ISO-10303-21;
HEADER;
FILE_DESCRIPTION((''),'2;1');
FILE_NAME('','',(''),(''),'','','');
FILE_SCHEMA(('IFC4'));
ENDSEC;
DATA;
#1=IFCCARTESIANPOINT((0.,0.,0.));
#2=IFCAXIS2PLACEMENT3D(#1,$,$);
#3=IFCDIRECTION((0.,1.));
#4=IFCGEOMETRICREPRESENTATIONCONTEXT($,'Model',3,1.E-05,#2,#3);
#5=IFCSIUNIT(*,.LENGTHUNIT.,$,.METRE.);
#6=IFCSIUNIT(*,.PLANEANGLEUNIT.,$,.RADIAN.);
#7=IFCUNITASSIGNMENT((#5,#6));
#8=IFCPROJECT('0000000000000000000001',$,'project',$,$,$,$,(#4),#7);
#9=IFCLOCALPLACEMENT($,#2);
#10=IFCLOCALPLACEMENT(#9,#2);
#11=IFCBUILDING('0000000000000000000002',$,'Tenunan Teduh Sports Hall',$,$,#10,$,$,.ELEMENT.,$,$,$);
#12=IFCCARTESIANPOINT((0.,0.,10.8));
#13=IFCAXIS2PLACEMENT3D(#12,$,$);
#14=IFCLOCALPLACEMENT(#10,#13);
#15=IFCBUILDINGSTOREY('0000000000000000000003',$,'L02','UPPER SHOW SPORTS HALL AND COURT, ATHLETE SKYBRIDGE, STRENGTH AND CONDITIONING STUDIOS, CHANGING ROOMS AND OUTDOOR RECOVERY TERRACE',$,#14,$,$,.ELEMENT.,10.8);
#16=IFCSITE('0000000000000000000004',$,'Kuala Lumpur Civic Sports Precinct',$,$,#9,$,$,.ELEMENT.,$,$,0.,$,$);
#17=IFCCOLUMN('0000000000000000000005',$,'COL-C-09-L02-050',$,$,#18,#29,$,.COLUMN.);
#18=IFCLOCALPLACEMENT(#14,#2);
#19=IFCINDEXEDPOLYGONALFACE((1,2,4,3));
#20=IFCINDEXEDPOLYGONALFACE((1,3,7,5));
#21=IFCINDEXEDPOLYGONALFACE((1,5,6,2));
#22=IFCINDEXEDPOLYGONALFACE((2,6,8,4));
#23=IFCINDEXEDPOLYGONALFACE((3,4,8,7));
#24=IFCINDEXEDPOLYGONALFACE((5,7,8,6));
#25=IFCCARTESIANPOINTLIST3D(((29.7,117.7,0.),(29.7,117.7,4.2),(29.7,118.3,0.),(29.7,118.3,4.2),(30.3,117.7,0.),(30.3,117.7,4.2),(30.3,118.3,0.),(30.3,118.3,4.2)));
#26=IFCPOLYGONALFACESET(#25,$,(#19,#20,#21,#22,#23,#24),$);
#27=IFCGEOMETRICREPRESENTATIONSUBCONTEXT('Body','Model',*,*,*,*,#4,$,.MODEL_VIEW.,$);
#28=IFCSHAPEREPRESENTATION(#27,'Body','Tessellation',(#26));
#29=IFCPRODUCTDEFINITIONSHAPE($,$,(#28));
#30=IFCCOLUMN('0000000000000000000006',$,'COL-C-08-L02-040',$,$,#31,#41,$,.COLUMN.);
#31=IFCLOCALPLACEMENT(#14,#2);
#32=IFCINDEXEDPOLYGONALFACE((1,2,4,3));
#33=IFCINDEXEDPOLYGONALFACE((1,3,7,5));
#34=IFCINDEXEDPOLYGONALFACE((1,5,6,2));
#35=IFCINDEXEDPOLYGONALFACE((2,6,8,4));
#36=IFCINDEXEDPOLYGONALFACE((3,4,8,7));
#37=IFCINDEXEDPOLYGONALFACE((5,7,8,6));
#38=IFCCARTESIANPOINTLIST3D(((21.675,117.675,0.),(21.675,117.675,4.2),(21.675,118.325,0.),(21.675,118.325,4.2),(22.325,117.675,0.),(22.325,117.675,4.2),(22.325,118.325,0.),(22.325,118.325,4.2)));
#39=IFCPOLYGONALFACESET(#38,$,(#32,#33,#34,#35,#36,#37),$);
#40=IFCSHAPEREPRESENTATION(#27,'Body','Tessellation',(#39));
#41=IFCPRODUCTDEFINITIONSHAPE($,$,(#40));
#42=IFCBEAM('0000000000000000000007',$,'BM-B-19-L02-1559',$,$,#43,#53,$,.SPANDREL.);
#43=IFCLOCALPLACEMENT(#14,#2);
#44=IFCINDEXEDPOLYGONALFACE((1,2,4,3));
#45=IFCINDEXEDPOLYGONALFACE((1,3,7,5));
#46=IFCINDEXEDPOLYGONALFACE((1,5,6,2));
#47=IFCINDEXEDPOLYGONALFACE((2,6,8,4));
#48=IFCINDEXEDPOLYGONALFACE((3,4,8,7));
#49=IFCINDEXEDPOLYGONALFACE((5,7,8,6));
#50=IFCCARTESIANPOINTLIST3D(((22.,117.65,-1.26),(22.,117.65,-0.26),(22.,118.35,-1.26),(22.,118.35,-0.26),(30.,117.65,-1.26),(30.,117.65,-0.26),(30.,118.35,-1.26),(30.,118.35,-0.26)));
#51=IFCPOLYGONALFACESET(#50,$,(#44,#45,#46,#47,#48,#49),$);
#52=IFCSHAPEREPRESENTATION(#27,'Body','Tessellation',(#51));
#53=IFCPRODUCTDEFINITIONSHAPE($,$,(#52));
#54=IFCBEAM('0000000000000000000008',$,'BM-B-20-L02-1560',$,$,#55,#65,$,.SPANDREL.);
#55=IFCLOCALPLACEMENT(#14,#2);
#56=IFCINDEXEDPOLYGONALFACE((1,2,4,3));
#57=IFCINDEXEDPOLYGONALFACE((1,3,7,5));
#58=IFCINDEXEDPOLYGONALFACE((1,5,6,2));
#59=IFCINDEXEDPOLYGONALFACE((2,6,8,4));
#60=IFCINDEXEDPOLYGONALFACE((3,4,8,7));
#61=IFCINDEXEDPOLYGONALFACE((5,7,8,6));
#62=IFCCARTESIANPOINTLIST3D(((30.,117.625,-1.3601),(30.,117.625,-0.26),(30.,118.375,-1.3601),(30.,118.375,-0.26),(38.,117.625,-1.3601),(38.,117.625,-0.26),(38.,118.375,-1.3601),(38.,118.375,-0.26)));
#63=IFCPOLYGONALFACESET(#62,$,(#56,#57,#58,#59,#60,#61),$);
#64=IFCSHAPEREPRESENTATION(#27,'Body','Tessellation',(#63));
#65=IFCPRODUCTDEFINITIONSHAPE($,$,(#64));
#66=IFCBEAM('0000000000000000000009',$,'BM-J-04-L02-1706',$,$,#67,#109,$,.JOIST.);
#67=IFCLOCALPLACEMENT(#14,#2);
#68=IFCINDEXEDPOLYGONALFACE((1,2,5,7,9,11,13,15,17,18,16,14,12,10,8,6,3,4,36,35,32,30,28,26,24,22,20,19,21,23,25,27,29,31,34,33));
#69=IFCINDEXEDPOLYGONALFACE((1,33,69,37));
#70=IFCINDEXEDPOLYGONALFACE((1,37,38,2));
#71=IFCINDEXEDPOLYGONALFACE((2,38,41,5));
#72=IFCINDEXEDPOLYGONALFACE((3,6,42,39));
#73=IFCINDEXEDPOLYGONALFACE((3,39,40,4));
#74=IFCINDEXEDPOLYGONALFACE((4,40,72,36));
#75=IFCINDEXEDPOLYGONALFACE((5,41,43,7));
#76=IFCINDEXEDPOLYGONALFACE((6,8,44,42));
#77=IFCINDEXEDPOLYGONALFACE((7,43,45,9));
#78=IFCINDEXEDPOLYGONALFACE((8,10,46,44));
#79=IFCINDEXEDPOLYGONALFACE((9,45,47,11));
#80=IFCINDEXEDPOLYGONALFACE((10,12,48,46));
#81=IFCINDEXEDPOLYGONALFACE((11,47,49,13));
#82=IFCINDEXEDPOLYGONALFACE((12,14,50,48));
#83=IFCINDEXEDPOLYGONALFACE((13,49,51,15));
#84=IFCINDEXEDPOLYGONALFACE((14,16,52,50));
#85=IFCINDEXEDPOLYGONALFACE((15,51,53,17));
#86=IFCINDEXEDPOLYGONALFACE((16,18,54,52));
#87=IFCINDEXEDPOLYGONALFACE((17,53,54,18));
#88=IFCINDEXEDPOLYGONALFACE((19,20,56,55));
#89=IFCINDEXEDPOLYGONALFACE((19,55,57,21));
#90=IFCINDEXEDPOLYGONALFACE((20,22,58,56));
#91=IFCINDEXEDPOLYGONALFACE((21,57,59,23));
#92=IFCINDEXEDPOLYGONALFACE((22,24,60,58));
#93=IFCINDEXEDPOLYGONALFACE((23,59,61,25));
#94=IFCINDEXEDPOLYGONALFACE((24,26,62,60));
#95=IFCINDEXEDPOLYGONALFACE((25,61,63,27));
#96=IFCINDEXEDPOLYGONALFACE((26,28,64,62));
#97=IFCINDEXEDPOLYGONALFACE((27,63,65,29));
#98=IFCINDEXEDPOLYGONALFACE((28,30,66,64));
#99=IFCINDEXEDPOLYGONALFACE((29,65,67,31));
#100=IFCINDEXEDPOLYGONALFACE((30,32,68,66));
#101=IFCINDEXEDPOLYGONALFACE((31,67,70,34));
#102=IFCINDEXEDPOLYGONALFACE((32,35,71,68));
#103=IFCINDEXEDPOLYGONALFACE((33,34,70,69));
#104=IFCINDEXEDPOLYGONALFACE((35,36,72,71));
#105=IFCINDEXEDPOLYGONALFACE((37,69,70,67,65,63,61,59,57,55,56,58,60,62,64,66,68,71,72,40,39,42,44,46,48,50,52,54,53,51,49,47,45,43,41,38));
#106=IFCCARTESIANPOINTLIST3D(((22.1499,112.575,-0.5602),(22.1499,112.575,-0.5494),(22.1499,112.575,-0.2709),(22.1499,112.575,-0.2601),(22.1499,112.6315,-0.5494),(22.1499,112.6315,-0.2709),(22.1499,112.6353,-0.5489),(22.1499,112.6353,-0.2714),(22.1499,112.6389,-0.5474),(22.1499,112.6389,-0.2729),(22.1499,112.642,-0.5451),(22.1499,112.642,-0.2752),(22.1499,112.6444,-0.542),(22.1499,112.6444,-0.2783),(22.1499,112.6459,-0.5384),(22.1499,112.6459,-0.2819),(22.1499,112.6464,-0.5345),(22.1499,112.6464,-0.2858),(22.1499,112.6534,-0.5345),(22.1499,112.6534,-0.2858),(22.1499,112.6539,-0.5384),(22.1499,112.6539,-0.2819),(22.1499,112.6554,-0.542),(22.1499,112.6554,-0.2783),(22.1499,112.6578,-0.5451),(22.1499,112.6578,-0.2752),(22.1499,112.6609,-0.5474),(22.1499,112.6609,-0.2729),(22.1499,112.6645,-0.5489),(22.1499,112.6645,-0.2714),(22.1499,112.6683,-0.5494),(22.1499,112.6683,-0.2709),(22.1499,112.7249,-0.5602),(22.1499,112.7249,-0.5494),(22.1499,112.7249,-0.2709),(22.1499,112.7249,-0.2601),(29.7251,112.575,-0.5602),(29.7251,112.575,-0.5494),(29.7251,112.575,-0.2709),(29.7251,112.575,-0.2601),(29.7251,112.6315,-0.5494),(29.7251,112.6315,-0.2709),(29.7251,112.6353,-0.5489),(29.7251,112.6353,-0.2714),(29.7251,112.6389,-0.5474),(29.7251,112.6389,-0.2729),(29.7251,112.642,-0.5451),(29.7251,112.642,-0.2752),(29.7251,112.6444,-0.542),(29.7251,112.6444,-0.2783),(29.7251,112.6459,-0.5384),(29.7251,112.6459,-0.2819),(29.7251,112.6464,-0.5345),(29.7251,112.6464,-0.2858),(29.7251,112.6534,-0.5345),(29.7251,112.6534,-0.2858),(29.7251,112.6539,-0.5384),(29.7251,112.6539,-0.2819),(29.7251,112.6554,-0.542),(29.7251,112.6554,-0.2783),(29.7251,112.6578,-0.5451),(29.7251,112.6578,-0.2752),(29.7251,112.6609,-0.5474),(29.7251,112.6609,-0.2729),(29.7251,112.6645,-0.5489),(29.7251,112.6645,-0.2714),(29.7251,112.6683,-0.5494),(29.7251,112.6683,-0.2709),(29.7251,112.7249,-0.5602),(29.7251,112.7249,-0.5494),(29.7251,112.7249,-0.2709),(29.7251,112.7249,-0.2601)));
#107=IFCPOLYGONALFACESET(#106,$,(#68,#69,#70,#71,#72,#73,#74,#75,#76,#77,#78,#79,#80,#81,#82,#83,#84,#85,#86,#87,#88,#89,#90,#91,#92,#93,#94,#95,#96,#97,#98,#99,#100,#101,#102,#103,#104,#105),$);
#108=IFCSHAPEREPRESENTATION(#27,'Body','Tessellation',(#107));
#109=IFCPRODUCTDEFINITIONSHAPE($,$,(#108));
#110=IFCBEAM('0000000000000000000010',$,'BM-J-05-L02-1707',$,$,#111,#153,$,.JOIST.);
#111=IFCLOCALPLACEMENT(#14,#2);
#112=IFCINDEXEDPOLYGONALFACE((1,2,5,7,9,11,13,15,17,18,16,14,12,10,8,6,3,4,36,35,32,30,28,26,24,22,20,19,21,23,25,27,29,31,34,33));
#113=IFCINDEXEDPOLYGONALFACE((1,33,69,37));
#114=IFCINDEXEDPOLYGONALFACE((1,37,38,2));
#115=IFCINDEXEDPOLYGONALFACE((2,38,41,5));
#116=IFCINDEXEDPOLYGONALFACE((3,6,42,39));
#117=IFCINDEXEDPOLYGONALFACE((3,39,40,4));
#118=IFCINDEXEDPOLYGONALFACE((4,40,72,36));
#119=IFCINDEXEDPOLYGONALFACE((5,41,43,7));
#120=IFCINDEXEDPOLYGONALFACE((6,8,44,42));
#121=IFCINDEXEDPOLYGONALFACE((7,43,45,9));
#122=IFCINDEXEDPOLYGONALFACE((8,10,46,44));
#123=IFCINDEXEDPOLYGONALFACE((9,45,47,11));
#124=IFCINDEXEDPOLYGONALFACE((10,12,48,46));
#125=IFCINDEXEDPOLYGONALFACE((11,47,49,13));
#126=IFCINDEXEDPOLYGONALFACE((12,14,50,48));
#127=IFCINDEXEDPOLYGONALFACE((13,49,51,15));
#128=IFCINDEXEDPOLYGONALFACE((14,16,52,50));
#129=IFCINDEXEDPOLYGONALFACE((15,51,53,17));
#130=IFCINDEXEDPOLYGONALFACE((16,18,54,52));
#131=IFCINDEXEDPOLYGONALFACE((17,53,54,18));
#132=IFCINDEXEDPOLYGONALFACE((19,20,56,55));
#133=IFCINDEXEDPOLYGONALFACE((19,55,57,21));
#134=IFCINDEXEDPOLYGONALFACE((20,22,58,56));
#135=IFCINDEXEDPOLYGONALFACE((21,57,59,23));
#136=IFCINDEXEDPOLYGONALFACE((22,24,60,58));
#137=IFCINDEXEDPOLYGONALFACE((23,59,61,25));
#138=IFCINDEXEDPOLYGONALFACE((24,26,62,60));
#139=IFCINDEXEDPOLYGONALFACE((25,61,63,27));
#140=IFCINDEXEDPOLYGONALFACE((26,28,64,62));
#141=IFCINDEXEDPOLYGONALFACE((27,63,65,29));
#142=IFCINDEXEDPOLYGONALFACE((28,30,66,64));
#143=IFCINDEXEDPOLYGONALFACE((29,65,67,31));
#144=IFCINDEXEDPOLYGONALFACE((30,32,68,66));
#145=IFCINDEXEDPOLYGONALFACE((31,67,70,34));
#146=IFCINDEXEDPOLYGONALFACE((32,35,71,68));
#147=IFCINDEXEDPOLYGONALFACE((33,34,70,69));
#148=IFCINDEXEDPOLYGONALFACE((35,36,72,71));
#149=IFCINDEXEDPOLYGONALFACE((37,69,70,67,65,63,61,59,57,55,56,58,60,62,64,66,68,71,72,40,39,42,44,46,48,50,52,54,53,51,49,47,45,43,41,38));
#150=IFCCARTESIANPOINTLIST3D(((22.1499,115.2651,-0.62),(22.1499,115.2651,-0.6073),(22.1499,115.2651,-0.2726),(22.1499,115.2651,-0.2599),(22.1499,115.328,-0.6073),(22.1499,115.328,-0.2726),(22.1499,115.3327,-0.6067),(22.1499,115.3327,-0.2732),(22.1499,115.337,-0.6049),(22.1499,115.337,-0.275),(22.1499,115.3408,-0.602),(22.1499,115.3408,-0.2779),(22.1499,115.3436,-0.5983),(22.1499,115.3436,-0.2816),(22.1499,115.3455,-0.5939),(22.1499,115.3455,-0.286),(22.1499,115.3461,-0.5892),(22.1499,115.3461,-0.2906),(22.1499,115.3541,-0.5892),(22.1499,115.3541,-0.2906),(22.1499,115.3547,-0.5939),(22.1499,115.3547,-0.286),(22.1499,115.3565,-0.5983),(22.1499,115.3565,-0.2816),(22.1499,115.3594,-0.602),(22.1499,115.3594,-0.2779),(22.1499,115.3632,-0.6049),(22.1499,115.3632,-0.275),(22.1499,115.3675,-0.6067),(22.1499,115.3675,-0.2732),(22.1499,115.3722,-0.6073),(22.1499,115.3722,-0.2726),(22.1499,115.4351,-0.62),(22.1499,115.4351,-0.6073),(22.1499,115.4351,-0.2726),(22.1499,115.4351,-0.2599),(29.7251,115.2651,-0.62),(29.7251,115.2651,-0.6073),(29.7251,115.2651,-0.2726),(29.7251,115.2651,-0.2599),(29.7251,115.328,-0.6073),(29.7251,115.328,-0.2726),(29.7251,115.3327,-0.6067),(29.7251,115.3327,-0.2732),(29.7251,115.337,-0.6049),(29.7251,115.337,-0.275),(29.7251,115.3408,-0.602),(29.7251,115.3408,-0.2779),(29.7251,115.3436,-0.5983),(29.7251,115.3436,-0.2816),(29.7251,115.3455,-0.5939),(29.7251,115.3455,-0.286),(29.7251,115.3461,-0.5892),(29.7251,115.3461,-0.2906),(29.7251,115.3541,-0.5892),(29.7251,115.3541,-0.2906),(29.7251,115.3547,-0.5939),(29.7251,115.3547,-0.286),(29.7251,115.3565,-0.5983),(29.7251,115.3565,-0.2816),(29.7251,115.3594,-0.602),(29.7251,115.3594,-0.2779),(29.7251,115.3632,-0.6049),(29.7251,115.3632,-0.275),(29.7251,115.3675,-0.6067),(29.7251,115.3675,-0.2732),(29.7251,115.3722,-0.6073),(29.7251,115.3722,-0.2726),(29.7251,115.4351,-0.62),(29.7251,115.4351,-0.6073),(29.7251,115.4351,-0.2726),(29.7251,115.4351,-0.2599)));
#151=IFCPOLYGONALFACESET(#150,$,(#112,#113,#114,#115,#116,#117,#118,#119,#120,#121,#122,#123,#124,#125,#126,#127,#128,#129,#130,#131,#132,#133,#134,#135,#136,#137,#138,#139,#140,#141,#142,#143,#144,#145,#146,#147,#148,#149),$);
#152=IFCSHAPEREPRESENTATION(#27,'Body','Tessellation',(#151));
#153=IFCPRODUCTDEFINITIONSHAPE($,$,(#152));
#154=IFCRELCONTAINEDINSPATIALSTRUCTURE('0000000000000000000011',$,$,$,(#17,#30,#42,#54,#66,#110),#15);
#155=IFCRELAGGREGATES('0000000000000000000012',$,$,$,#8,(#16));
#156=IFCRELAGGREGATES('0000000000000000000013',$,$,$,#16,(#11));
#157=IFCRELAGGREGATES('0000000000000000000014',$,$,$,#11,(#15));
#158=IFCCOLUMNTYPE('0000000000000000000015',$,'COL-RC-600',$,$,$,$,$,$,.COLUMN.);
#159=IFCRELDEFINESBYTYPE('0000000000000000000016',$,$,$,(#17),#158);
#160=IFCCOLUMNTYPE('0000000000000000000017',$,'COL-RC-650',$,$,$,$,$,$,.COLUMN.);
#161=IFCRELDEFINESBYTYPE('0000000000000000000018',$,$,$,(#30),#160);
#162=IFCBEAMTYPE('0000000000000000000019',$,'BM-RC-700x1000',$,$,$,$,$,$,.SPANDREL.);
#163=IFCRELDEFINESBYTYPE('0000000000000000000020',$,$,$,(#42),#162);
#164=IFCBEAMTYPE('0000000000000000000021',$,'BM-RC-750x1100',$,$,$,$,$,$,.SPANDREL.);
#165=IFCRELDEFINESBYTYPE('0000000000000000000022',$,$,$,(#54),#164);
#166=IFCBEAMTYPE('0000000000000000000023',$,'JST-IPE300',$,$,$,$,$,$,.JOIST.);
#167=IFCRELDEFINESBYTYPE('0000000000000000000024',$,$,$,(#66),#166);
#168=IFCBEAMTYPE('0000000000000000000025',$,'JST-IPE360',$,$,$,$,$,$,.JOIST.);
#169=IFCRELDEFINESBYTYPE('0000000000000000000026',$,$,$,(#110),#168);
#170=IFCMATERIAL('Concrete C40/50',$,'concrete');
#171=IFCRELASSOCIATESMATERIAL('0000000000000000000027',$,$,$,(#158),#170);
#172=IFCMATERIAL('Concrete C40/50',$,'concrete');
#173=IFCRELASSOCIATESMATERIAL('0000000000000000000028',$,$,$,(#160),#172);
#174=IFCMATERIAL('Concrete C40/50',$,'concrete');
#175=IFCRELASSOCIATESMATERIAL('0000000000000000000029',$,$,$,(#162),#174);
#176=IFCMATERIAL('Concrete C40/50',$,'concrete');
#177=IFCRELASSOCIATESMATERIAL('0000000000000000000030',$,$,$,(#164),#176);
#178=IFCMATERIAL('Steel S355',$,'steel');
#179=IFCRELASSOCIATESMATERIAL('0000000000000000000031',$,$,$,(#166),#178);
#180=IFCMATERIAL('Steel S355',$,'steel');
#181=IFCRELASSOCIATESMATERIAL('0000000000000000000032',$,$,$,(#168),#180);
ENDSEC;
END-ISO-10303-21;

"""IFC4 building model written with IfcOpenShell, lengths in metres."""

from ifc_helpers import new_model, si_unit, direction, frame, origin, origin_2d, place, context, subcontext, project, spatial, rectangle, i_section, extrude, material, material_profile, profile_set, type_object, element, save


model = new_model("IFC4")

# Units and contexts
model_context = context("Model", 3, precision=1e-05, world=origin(), true_north=direction((0.0, 1.0)))
body_context = subcontext(model_context, "Body", "Model", "MODEL_VIEW")
ifc_project = project(units=[si_unit("LENGTHUNIT", "METRE"), si_unit("PLANEANGLEUNIT", "RADIAN")], contexts=[model_context])

# Site, building, storey
site_placement = place(None, origin())
site = spatial("IfcSite", under=ifc_project, at=site_placement, Name="Kuala Lumpur Civic Sports Precinct", CompositionType="ELEMENT", RefElevation=0.0)
building_placement = place(site_placement, origin())
building = spatial("IfcBuilding", under=site, at=building_placement, Name="Tenunan Teduh Sports Hall", CompositionType="ELEMENT")
storey_placement = place(building_placement, frame((0.0, 0.0, 10.8)))
storey = spatial("IfcBuildingStorey", under=building, at=storey_placement, Name="L02", Description="UPPER SHOW SPORTS HALL AND COURT, ATHLETE SKYBRIDGE, STRENGTH AND CONDITIONING STUDIOS, CHANGING ROOMS AND OUTDOOR RECOVERY TERRACE", CompositionType="ELEMENT", Elevation=10.8)

# Columns
ifc_material_1 = material(Name="Concrete C40/50", Category="concrete")
ifc_material_profile_1 = material_profile(ifc_material_1, rectangle(XDim=0.6001, YDim=0.6001, at=origin_2d()), Name="RC 600x600")
ifc_profile_set_1 = profile_set([ifc_material_profile_1], Name="Concrete C40/50")
column_type_1 = type_object("IfcColumnType", Name="COL-RC-600", PredefinedType="COLUMN", material=ifc_profile_set_1)
column_1_placement = place(storey_placement, frame((30.0, 118.0, 0.0), z_axis=(0.0, 0.0, 1.0), x_axis=(1.0, 0.0, 0.0)))
element("IfcColumn", 1, at=column_1_placement, inside=storey, type_object=column_type_1, Name="COL-C-09-L02-050", PredefinedType="COLUMN", context=body_context, shape_type="SweptSolid", body=[
    extrude(rectangle(XDim=0.6001, YDim=0.6001, at=origin_2d()), origin(), (0.0, 0.0, 1.0), 4.2),
])
ifc_material_2 = material(Name="Concrete C40/50", Category="concrete")
ifc_material_profile_2 = material_profile(ifc_material_2, rectangle(XDim=0.6499, YDim=0.6499, at=origin_2d()), Name="RC 650x650")
ifc_profile_set_2 = profile_set([ifc_material_profile_2], Name="Concrete C40/50")
column_type_2 = type_object("IfcColumnType", Name="COL-RC-650", PredefinedType="COLUMN", material=ifc_profile_set_2)
column_2_placement = place(storey_placement, frame((22.0, 118.0, 0.0), z_axis=(0.0, 0.0, 1.0), x_axis=(1.0, 0.0, 0.0)))
element("IfcColumn", 2, at=column_2_placement, inside=storey, type_object=column_type_2, Name="COL-C-08-L02-040", PredefinedType="COLUMN", context=body_context, shape_type="SweptSolid", body=[
    extrude(rectangle(XDim=0.6499, YDim=0.6499, at=origin_2d()), origin(), (0.0, 0.0, 1.0), 4.2),
])

# Beams
ifc_material_3 = material(Name="Concrete C40/50", Category="concrete")
ifc_material_profile_3 = material_profile(ifc_material_3, rectangle(XDim=0.7, YDim=1.0, at=origin_2d()), Name="RCB 700x1000")
ifc_profile_set_3 = profile_set([ifc_material_profile_3], Name="Concrete C40/50")
beam_type_1 = type_object("IfcBeamType", Name="BM-RC-700x1000", PredefinedType="SPANDREL", material=ifc_profile_set_3)
beam_1_placement = place(storey_placement, frame((22.0, 118.0, -0.76), z_axis=(1.0, 0.0, 0.0), x_axis=(0.0, 1.0, 0.0)))
element("IfcBeam", 3, at=beam_1_placement, inside=storey, type_object=beam_type_1, Name="BM-B-19-L02-1559", PredefinedType="SPANDREL", context=body_context, shape_type="SweptSolid", body=[
    extrude(rectangle(XDim=0.7, YDim=1.0, at=origin_2d()), origin(), (0.0, 0.0, 1.0), 8.0),
])
ifc_material_4 = material(Name="Concrete C40/50", Category="concrete")
ifc_material_profile_4 = material_profile(ifc_material_4, rectangle(XDim=0.75, YDim=1.1001, at=origin_2d()), Name="RCB 750x1100")
ifc_profile_set_4 = profile_set([ifc_material_profile_4], Name="Concrete C40/50")
beam_type_2 = type_object("IfcBeamType", Name="BM-RC-750x1100", PredefinedType="SPANDREL", material=ifc_profile_set_4)
beam_2_placement = place(storey_placement, frame((30.0, 118.0, -0.8101), z_axis=(1.0, 0.0, 0.0), x_axis=(0.0, 1.0, 0.0)))
element("IfcBeam", 4, at=beam_2_placement, inside=storey, type_object=beam_type_2, Name="BM-B-20-L02-1560", PredefinedType="SPANDREL", context=body_context, shape_type="SweptSolid", body=[
    extrude(rectangle(XDim=0.75, YDim=1.1001, at=origin_2d()), origin(), (0.0, 0.0, 1.0), 8.0),
])
ifc_material_5 = material(Name="Steel S355", Category="steel")
ifc_material_profile_5 = material_profile(ifc_material_5, i_section(OverallWidth=0.1499, OverallDepth=0.3, WebThickness=0.0071, FlangeThickness=0.0107, FilletRadius=0.0149, at=origin_2d()), Name="IPE 300")
ifc_profile_set_5 = profile_set([ifc_material_profile_5], Name="Steel S355")
beam_type_3 = type_object("IfcBeamType", Name="JST-IPE300", PredefinedType="JOIST", material=ifc_profile_set_5)
beam_3_placement = place(storey_placement, frame((22.1499, 112.6499, -0.4102), z_axis=(1.0, 0.0, 0.0), x_axis=(0.0, 1.0, 0.0)))
element("IfcBeam", 5, at=beam_3_placement, inside=storey, type_object=beam_type_3, Name="BM-J-04-L02-1706", PredefinedType="JOIST", context=body_context, shape_type="SweptSolid", body=[
    extrude(i_section(OverallWidth=0.1499, OverallDepth=0.3, WebThickness=0.0071, FlangeThickness=0.0107, FilletRadius=0.0149, at=origin_2d()), origin(), (0.0, 0.0, 1.0), 7.5752),
])
ifc_material_6 = material(Name="Steel S355", Category="steel")
ifc_material_profile_6 = material_profile(ifc_material_6, i_section(OverallWidth=0.1699, OverallDepth=0.3601, WebThickness=0.0081, FlangeThickness=0.0127, FilletRadius=0.0181, at=origin_2d()), Name="IPE 360")
ifc_profile_set_6 = profile_set([ifc_material_profile_6], Name="Steel S355")
beam_type_4 = type_object("IfcBeamType", Name="JST-IPE360", PredefinedType="JOIST", material=ifc_profile_set_6)
beam_4_placement = place(storey_placement, frame((22.1499, 115.3501, -0.4399), z_axis=(1.0, 0.0, 0.0), x_axis=(0.0, 1.0, 0.0)))
element("IfcBeam", 6, at=beam_4_placement, inside=storey, type_object=beam_type_4, Name="BM-J-05-L02-1707", PredefinedType="JOIST", context=body_context, shape_type="SweptSolid", body=[
    extrude(i_section(OverallWidth=0.1699, OverallDepth=0.3601, WebThickness=0.0081, FlangeThickness=0.0127, FilletRadius=0.0181, at=origin_2d()), origin(), (0.0, 0.0, 1.0), 7.5752),
])

save(model, "model.ifc")
